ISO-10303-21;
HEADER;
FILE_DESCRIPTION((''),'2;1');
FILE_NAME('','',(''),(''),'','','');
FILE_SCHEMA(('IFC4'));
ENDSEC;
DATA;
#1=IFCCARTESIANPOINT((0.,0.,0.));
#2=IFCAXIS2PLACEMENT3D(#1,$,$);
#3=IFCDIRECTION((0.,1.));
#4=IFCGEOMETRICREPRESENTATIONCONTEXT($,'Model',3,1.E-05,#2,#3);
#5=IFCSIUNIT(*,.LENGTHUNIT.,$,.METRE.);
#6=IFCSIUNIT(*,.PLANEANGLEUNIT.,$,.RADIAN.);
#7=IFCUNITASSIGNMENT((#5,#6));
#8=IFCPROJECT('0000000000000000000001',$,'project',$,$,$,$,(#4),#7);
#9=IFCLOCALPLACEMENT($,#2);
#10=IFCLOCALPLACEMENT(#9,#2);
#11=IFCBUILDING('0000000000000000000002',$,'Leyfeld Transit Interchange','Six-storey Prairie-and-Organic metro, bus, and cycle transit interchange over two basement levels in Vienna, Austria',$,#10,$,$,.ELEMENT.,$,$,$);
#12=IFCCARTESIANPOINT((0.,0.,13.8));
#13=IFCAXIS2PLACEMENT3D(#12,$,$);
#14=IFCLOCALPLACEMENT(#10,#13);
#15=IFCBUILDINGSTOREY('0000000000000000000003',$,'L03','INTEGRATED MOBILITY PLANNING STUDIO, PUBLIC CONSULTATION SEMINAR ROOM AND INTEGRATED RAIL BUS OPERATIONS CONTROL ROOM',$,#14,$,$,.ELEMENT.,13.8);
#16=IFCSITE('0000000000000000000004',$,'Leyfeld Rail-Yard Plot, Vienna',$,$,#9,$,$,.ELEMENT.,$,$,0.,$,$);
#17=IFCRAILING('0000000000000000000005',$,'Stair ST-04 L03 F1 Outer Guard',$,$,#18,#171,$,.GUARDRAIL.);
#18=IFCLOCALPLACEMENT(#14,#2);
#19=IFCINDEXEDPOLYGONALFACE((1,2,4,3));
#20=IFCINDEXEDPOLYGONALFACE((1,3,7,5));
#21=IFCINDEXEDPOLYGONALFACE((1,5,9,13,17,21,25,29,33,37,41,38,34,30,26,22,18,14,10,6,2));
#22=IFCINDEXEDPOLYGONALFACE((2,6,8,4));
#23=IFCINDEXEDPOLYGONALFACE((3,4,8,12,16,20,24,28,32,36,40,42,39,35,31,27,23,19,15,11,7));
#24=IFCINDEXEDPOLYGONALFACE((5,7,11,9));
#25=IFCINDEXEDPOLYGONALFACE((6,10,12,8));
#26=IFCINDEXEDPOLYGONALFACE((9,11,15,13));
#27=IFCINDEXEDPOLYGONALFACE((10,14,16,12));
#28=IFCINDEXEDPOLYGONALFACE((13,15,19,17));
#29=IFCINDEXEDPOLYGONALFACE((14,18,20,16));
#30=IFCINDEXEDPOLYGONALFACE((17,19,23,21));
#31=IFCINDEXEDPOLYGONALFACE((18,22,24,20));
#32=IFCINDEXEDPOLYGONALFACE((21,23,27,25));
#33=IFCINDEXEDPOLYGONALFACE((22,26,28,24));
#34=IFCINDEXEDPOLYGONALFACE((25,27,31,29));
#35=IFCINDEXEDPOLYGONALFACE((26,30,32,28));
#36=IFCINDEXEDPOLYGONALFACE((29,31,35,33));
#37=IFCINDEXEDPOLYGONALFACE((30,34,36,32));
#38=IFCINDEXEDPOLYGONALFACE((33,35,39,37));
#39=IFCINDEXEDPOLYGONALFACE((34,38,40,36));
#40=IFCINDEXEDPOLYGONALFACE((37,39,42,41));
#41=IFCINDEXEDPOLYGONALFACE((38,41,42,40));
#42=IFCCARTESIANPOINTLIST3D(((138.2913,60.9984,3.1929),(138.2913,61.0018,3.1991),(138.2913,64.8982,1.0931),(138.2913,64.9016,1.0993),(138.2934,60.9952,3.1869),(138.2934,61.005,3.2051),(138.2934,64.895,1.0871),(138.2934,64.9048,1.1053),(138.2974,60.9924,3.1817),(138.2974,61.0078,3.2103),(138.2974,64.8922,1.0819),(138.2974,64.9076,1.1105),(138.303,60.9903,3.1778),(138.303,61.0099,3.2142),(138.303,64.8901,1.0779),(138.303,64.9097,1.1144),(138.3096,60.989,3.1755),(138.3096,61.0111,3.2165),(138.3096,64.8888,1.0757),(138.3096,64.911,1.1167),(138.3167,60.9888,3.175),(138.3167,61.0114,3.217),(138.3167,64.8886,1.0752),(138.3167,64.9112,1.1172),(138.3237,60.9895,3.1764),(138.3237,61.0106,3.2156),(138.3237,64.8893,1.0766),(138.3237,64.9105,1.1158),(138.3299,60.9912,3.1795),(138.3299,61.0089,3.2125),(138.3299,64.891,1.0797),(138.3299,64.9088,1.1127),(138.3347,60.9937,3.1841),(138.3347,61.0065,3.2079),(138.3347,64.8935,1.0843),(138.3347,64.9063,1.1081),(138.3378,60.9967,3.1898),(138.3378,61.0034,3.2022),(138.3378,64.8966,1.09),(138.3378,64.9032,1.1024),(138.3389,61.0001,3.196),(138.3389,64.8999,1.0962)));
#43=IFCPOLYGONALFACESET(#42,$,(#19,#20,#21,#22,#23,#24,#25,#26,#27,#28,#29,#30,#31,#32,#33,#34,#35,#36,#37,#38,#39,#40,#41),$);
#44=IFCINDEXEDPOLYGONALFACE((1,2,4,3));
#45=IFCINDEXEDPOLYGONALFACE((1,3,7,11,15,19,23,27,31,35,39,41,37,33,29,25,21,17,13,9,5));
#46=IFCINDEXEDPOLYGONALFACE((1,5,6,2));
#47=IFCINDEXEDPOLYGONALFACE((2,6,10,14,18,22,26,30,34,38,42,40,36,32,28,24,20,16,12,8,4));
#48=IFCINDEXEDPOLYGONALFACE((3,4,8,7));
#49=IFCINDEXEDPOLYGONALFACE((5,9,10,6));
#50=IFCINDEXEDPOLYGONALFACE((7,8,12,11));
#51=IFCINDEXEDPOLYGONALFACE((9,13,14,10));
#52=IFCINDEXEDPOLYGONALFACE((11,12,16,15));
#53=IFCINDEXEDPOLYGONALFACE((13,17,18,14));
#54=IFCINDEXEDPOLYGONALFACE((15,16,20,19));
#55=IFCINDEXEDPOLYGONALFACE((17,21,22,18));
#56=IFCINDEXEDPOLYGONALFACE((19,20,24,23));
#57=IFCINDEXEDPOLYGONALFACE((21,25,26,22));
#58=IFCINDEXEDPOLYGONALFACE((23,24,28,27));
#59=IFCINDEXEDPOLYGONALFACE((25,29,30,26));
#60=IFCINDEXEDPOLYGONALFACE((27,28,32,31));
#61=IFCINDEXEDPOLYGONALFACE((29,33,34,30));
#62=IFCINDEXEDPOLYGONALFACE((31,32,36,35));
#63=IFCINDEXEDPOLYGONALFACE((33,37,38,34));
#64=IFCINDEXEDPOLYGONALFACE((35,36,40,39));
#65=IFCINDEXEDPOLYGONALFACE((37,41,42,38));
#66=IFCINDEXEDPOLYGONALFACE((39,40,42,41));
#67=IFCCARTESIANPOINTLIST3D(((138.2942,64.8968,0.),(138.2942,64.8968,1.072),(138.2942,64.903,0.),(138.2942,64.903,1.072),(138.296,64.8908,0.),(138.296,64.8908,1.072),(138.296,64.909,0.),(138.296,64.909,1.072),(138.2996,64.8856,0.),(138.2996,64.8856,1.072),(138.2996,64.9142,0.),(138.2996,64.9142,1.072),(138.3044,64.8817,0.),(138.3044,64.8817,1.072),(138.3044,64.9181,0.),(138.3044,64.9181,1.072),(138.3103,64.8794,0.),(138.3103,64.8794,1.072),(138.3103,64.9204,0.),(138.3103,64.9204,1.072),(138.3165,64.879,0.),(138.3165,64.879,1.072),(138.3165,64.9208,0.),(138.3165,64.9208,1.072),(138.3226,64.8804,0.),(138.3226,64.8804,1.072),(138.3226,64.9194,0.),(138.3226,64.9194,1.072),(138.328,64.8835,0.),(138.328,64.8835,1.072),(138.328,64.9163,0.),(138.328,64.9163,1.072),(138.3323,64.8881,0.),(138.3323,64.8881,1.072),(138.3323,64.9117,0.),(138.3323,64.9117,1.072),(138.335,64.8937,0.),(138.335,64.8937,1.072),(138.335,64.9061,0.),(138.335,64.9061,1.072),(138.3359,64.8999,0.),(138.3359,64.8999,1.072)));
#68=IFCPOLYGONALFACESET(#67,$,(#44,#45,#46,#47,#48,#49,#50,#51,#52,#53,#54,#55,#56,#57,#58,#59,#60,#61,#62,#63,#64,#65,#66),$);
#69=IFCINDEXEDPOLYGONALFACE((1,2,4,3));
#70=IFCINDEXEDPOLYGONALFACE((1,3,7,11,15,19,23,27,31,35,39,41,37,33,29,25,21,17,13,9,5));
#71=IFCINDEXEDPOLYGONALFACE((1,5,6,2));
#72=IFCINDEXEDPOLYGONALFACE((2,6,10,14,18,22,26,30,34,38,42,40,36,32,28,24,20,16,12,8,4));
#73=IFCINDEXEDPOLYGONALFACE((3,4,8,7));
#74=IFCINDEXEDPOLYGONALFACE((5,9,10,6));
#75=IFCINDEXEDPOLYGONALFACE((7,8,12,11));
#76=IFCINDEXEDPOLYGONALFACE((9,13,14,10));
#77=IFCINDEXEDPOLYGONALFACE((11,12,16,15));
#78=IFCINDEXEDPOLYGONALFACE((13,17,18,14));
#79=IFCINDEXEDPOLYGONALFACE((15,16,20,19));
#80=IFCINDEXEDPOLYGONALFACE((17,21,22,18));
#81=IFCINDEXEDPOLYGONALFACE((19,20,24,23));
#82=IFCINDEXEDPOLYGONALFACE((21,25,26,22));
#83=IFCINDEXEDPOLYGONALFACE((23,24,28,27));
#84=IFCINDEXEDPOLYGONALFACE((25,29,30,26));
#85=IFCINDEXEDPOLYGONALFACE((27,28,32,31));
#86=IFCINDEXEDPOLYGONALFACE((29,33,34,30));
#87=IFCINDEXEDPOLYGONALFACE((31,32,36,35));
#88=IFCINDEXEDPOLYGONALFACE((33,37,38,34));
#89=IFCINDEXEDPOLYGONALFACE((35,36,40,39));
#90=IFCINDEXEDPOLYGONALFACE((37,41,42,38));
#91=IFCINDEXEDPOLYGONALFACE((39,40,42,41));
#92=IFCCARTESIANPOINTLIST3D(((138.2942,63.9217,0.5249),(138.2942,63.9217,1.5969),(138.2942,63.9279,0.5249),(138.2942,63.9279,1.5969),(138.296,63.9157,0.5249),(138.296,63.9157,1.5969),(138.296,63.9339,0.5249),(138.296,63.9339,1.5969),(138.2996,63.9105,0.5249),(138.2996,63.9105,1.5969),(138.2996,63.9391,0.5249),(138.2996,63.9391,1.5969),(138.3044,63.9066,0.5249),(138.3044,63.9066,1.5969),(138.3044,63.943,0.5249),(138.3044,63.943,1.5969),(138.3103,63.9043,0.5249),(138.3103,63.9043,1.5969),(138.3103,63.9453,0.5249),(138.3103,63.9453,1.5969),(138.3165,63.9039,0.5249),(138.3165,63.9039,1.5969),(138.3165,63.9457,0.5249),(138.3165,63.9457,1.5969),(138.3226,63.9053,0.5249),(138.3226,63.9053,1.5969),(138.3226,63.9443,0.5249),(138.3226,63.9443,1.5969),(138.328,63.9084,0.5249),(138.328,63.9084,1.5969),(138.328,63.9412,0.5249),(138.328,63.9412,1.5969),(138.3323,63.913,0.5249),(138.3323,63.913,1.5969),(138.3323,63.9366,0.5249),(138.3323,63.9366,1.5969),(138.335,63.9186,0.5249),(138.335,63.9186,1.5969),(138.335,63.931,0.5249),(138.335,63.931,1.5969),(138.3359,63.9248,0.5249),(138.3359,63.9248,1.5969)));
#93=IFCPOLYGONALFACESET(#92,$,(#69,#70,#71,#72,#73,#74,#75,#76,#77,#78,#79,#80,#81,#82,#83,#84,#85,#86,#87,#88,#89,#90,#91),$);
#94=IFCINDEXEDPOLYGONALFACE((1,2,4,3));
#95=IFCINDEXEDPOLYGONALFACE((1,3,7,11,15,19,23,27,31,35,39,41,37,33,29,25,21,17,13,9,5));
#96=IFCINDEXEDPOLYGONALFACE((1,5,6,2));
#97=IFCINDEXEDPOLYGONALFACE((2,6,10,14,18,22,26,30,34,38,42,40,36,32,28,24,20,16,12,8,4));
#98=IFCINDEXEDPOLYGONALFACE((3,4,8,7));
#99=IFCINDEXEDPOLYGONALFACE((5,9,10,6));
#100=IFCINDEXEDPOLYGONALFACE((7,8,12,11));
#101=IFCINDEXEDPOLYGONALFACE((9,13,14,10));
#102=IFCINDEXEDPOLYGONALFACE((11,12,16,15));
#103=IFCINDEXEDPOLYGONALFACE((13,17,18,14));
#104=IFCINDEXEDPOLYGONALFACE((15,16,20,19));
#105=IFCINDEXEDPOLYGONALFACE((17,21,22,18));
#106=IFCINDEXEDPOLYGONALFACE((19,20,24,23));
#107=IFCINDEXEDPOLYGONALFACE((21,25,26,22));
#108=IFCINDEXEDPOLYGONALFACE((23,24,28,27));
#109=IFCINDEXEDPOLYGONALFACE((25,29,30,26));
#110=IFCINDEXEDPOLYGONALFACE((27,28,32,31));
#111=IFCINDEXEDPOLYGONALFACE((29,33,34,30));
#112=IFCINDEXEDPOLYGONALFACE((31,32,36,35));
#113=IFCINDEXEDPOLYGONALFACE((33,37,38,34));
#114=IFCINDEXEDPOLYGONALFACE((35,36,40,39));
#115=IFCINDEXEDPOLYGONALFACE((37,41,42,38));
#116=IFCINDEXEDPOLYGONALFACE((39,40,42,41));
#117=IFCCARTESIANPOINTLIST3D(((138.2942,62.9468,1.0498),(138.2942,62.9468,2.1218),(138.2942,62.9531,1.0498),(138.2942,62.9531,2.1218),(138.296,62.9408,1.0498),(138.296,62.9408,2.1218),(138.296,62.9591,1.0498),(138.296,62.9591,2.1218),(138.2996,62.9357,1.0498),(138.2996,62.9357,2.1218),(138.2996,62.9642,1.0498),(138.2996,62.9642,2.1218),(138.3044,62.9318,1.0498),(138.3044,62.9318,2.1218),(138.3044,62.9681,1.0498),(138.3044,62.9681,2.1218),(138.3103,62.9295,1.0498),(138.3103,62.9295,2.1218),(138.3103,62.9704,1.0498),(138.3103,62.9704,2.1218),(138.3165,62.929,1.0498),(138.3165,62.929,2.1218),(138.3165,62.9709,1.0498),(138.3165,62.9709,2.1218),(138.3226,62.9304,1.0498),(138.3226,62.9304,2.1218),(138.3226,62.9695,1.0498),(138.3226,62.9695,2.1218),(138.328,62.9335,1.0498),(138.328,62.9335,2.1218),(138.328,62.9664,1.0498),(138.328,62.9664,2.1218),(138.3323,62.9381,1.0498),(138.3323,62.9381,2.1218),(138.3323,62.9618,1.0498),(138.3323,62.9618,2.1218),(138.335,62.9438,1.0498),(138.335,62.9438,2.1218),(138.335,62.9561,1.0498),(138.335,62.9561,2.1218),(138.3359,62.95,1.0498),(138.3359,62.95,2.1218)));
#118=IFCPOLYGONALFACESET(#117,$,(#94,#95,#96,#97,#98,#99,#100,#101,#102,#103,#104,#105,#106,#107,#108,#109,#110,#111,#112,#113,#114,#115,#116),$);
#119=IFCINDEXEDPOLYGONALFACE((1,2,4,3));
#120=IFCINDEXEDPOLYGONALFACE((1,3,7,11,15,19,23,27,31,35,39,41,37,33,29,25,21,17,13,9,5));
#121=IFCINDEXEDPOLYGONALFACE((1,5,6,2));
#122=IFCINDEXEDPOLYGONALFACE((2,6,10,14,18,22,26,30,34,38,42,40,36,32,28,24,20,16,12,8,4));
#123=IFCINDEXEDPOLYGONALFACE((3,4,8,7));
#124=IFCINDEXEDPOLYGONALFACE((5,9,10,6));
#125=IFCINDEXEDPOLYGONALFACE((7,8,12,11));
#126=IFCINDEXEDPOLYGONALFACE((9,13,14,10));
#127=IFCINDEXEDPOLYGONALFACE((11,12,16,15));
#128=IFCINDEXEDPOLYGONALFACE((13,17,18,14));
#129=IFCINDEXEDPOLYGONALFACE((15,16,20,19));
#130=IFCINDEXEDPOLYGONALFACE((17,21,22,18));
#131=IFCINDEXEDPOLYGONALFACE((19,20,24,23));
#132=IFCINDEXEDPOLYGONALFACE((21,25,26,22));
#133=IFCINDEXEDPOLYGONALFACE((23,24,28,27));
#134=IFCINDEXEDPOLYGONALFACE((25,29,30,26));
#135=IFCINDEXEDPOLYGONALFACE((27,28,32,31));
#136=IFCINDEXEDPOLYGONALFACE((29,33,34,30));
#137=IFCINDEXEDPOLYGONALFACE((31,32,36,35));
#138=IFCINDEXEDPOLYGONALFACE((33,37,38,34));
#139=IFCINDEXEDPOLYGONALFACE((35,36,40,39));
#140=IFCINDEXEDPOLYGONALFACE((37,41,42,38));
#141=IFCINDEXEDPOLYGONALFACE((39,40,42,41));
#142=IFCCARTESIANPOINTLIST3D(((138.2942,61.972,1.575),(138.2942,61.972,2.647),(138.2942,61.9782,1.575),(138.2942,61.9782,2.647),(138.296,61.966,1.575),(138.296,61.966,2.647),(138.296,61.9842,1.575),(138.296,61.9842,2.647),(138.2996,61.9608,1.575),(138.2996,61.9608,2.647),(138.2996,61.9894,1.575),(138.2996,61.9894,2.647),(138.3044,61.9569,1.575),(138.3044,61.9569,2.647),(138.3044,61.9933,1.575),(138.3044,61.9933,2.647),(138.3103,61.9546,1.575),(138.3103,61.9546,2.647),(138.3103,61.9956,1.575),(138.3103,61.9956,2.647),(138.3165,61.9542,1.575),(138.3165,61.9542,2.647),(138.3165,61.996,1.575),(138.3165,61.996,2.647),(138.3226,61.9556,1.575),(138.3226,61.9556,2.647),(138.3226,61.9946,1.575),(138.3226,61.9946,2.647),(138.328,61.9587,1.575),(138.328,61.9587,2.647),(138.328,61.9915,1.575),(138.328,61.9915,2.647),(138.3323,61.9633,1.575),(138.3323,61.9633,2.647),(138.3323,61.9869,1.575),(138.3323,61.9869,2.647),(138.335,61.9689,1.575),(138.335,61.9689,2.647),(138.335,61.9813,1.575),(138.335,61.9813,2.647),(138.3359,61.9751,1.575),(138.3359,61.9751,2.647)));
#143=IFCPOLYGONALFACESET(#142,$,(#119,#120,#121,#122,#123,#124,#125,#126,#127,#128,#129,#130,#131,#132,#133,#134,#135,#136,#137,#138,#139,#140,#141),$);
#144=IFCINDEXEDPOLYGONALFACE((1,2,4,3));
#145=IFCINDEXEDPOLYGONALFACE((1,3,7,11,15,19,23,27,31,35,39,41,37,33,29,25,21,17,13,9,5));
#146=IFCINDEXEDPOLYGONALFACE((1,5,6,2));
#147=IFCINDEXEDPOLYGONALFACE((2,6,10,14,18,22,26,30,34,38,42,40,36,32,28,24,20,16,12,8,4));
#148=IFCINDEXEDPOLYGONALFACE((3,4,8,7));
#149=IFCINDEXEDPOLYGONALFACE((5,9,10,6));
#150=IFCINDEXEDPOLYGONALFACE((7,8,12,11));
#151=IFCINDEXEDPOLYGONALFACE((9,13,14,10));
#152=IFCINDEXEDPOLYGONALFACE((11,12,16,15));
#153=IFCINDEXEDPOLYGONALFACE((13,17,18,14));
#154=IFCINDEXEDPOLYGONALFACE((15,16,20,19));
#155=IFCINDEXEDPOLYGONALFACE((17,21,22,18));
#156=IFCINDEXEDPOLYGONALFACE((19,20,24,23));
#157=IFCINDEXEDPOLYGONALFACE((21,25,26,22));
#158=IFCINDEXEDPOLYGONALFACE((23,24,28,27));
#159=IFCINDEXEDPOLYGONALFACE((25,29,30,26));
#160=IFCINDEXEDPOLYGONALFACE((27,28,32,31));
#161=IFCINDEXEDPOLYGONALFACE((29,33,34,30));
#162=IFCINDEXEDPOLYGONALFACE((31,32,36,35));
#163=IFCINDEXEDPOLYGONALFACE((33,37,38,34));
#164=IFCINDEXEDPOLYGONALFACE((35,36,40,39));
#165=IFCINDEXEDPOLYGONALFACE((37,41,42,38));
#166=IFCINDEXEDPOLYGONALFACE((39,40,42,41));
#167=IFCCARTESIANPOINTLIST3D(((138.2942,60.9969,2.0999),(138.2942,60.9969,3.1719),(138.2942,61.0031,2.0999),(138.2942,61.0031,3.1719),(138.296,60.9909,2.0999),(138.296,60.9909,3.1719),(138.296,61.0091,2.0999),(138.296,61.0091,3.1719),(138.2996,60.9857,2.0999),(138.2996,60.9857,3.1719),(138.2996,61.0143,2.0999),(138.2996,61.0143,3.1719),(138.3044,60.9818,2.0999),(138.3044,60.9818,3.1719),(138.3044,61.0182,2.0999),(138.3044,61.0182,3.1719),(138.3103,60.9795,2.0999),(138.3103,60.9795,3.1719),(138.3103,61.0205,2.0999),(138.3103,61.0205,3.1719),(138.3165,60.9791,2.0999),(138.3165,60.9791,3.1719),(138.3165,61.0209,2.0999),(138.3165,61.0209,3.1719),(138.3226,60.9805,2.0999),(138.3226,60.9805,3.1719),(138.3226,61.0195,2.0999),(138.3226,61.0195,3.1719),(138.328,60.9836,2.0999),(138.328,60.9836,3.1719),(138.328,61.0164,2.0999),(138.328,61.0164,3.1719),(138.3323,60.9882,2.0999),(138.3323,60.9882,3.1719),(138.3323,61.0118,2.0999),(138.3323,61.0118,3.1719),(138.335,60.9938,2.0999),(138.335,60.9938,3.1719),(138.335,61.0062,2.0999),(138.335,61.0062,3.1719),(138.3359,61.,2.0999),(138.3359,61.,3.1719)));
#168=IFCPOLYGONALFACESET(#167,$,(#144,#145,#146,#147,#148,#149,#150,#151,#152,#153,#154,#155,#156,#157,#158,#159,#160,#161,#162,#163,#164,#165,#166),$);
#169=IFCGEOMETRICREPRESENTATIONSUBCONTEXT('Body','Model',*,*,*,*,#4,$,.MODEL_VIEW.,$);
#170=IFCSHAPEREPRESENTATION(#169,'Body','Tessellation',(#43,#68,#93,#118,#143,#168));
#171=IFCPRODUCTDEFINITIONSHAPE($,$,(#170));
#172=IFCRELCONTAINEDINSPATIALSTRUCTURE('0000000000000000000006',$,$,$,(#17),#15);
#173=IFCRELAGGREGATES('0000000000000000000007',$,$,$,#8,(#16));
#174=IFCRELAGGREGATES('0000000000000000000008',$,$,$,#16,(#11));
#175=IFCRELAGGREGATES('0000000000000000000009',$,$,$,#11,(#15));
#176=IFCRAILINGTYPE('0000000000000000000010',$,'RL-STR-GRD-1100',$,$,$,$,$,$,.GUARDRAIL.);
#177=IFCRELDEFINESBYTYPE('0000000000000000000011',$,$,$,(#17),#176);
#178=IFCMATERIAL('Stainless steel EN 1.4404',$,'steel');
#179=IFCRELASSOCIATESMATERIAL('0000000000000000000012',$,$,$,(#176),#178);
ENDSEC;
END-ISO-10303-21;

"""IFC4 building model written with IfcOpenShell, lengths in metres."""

from ifc_helpers import new_model, si_unit, direction, frame, origin, origin_2d, place, context, subcontext, project, spatial, circle, extrude, material, type_object, element, save


model = new_model("IFC4")

# Units and contexts
model_context = context("Model", 3, precision=1e-05, world=origin(), true_north=direction((0.0, 1.0)))
body_context = subcontext(model_context, "Body", "Model", "MODEL_VIEW")
ifc_project = project(units=[si_unit("LENGTHUNIT", "METRE"), si_unit("PLANEANGLEUNIT", "RADIAN")], contexts=[model_context])

# Site, building, storey
site_placement = place(None, origin())
site = spatial("IfcSite", under=ifc_project, at=site_placement, Name="Leyfeld Rail-Yard Plot, Vienna", CompositionType="ELEMENT", RefElevation=0.0)
building_placement = place(site_placement, origin())
building = spatial("IfcBuilding", under=site, at=building_placement, Name="Leyfeld Transit Interchange", Description="Six-storey Prairie-and-Organic metro, bus, and cycle transit interchange over two basement levels in Vienna, Austria", CompositionType="ELEMENT")
storey_placement = place(building_placement, frame((0.0, 0.0, 13.8)))
storey = spatial("IfcBuildingStorey", under=building, at=storey_placement, Name="L03", Description="INTEGRATED MOBILITY PLANNING STUDIO, PUBLIC CONSULTATION SEMINAR ROOM AND INTEGRATED RAIL BUS OPERATIONS CONTROL ROOM", CompositionType="ELEMENT", Elevation=13.8)

# Shared definitions
ifc_material_1 = material(Name="Stainless steel EN 1.4404", Category="steel")

# Railing
railing_type_1 = type_object("IfcRailingType", Name="RL-STR-GRD-1100", PredefinedType="GUARDRAIL", material=ifc_material_1)
for number, where, name in (
    (1, (138.3149, 64.8999, 0.0), "Stair ST-04 L03 F1 Outer Guard"),
):
    element("IfcRailing", number, at=place(storey_placement, frame(where)), inside=storey, type_object=railing_type_1, Name=name, PredefinedType="GUARDRAIL", context=body_context, shape_type="SweptSolid", body=[
        extrude(circle(Radius=0.0239, at=origin_2d()), frame((0.0, 0.0, 1.0962), z_axis=(0.0, -0.88048, 0.474083), x_axis=(1.0, 0.0, 0.0)), (0.0, 0.0, 1.0), 4.4292),
        extrude(circle(Radius=0.021, at=origin_2d()), origin(), (0.0, 0.0, 1.0), 1.072),
        extrude(circle(Radius=0.021, at=origin_2d()), frame((0.0, -0.9751, 0.5249)), (0.0, 0.0, 1.0), 1.072),
        extrude(circle(Radius=0.021, at=origin_2d()), frame((0.0, -1.95, 1.0498)), (0.0, 0.0, 1.0), 1.072),
        extrude(circle(Radius=0.021, at=origin_2d()), frame((0.0, -2.9248, 1.575)), (0.0, 0.0, 1.0), 1.072),
        extrude(circle(Radius=0.021, at=origin_2d()), frame((0.0, -3.8999, 2.0999)), (0.0, 0.0, 1.0), 1.072),
    ])

save(model, "model.ifc")
